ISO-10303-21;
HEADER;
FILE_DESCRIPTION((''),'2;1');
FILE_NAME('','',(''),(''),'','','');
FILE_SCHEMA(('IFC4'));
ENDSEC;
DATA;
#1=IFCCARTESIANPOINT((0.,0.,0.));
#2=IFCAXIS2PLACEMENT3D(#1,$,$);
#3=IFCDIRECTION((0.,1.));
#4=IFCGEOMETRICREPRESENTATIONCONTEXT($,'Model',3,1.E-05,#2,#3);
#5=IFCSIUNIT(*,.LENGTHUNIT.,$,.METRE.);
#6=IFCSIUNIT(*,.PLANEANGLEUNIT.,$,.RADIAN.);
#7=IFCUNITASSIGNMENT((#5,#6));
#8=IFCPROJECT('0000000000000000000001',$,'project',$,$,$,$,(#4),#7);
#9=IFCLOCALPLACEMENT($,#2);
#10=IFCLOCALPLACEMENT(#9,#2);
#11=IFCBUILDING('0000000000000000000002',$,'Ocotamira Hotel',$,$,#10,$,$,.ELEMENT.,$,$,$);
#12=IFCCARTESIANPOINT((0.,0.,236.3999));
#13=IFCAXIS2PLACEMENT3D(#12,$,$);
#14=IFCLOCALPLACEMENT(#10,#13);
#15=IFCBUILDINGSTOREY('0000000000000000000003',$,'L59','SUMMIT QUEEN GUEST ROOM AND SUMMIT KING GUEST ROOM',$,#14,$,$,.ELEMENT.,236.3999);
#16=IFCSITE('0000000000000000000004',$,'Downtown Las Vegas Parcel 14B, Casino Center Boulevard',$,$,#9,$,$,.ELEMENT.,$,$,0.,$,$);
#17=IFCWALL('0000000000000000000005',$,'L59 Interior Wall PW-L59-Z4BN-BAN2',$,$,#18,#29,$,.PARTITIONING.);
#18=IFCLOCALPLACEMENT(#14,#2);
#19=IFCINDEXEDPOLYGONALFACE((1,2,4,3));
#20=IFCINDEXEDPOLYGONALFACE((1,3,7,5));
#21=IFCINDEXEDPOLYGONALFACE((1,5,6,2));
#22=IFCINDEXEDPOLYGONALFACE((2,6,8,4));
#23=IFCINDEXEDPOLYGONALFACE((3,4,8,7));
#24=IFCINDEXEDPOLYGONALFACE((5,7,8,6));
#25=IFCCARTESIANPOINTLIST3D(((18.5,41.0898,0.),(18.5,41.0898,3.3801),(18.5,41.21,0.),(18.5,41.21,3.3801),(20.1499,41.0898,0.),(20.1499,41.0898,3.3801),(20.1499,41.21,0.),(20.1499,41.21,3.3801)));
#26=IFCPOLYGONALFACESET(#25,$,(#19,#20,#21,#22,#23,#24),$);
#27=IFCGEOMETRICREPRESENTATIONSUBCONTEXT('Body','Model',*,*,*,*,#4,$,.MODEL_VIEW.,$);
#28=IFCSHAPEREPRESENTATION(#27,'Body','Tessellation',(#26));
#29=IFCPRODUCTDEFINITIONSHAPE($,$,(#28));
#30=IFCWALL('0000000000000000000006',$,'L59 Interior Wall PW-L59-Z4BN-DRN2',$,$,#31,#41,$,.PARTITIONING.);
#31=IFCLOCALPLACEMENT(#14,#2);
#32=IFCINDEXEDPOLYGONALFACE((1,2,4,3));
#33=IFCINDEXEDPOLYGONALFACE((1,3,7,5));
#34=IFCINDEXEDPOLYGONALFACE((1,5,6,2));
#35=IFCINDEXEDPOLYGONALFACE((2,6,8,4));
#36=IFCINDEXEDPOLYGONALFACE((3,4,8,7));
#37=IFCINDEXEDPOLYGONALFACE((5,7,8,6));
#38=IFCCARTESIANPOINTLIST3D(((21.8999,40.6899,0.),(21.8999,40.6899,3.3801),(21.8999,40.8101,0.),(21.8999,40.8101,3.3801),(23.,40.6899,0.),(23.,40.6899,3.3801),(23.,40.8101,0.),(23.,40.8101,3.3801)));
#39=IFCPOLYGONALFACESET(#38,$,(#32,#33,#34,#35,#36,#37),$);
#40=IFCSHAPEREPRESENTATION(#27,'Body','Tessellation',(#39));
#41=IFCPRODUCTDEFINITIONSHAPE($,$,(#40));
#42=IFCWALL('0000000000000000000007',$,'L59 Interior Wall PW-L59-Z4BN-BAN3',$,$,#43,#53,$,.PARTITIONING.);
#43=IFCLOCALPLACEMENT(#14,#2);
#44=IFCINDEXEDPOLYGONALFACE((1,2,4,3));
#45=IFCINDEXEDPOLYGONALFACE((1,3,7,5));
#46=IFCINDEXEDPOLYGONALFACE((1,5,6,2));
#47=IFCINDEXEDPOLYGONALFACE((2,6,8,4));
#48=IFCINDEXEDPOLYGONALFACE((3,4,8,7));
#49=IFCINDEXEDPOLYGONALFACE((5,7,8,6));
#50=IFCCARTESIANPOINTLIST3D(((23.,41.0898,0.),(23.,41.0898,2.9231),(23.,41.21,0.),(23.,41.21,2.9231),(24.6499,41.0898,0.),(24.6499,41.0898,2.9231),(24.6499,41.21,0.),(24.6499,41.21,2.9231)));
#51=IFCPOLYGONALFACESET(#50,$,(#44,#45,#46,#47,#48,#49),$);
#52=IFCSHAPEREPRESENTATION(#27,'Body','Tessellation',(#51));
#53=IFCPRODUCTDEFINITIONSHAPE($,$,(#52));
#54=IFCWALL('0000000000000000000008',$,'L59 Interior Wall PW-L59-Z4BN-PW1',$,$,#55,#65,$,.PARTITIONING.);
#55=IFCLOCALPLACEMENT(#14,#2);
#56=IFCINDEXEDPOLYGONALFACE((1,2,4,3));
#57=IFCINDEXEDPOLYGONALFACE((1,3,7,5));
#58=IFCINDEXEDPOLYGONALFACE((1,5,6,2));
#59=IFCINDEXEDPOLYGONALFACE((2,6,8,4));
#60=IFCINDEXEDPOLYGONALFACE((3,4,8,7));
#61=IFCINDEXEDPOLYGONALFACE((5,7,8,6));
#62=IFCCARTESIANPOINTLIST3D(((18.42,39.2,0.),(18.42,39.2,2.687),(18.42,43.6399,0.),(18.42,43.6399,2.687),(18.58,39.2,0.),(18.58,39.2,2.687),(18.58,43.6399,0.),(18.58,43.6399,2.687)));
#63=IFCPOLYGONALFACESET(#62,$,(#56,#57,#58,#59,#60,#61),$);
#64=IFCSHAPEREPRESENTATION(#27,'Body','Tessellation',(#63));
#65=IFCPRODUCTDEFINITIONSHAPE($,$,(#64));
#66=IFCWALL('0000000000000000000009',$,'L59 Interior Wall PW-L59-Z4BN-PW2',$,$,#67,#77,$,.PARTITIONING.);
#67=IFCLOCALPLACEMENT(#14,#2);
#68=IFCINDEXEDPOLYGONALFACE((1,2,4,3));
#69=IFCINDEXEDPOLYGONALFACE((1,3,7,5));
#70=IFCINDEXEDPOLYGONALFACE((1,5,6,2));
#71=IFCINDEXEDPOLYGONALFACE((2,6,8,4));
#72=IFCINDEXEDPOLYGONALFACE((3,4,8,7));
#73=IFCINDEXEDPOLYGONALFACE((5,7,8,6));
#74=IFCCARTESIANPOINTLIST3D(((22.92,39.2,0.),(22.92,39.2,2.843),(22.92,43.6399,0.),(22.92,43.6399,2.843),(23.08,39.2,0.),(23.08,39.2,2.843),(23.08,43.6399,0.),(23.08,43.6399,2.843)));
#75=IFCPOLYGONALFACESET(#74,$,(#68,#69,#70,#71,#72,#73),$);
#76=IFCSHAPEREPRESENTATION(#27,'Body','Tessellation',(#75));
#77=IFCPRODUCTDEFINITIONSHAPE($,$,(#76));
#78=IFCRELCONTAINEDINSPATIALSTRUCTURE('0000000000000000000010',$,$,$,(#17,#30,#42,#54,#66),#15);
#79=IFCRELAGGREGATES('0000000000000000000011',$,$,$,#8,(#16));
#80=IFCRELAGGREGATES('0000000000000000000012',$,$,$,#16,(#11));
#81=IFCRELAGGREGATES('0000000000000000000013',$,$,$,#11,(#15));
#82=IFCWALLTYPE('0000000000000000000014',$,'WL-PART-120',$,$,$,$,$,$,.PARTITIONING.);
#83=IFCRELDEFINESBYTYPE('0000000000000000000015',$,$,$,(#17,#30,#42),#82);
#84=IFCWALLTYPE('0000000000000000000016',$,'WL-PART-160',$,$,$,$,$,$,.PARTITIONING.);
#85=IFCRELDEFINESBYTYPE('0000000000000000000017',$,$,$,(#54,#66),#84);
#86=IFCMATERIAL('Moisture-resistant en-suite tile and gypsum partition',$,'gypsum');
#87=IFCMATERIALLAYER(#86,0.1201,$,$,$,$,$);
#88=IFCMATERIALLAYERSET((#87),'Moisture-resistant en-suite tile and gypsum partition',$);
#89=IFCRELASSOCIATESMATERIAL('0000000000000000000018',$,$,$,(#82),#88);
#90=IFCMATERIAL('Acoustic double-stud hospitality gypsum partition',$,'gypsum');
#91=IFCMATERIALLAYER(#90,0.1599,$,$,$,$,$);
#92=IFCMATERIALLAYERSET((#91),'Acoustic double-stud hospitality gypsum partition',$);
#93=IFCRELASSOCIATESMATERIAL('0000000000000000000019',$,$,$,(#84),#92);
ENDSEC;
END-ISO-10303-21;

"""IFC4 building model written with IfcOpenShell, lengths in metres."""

from ifc_helpers import new_model, si_unit, direction, frame, frame_2d, origin, place, context, subcontext, project, spatial, rectangle, extrude, material, layer, layer_set, type_object, element, save


model = new_model("IFC4")

# Units and contexts
model_context = context("Model", 3, precision=1e-05, world=origin(), true_north=direction((0.0, 1.0)))
body_context = subcontext(model_context, "Body", "Model", "MODEL_VIEW")
ifc_project = project(units=[si_unit("LENGTHUNIT", "METRE"), si_unit("PLANEANGLEUNIT", "RADIAN")], contexts=[model_context])

# Site, building, storey
site_placement = place(None, origin())
site = spatial("IfcSite", under=ifc_project, at=site_placement, Name="Downtown Las Vegas Parcel 14B, Casino Center Boulevard", CompositionType="ELEMENT", RefElevation=0.0)
building_placement = place(site_placement, origin())
building = spatial("IfcBuilding", under=site, at=building_placement, Name="Ocotamira Hotel", CompositionType="ELEMENT")
storey_placement = place(building_placement, frame((0.0, 0.0, 236.3999)))
storey = spatial("IfcBuildingStorey", under=building, at=storey_placement, Name="L59", Description="SUMMIT QUEEN GUEST ROOM AND SUMMIT KING GUEST ROOM", CompositionType="ELEMENT", Elevation=236.3999)

# Shared definitions
ifc_material_1 = material(Name="Moisture-resistant en-suite tile and gypsum partition", Category="gypsum")
ifc_layer_1 = layer(ifc_material_1, 0.1201)
ifc_layer_set_1 = layer_set([ifc_layer_1], Name="Moisture-resistant en-suite tile and gypsum partition")
wall_type_1 = type_object("IfcWallType", Name="WL-PART-120", PredefinedType="PARTITIONING", material=ifc_layer_set_1)

# Walls
wall_1_placement = place(storey_placement, frame((18.5, 41.1499, 0.0), z_axis=(0.0, 0.0, 1.0), x_axis=(1.0, 0.0, 0.0)))
element("IfcWall", 1, at=wall_1_placement, inside=storey, type_object=wall_type_1, Name="L59 Interior Wall PW-L59-Z4BN-BAN2", PredefinedType="PARTITIONING", context=body_context, shape_type="SweptSolid", body=[
    extrude(rectangle(XDim=1.6499, YDim=0.1201, at=frame_2d((0.825, 0.0))), origin(), (0.0, 0.0, 1.0), 3.3801),
])
wall_2_placement = place(storey_placement, frame((21.8999, 40.75, 0.0), z_axis=(0.0, 0.0, 1.0), x_axis=(1.0, 0.0, 0.0)))
element("IfcWall", 2, at=wall_2_placement, inside=storey, type_object=wall_type_1, Name="L59 Interior Wall PW-L59-Z4BN-DRN2", PredefinedType="PARTITIONING", context=body_context, shape_type="SweptSolid", body=[
    extrude(rectangle(XDim=1.1001, YDim=0.1201, at=frame_2d((0.55, 0.0))), origin(), (0.0, 0.0, 1.0), 3.3801),
])
wall_3_placement = place(storey_placement, frame((23.0, 41.1499, 0.0), z_axis=(0.0, 0.0, 1.0), x_axis=(1.0, 0.0, 0.0)))
element("IfcWall", 3, at=wall_3_placement, inside=storey, type_object=wall_type_1, Name="L59 Interior Wall PW-L59-Z4BN-BAN3", PredefinedType="PARTITIONING", context=body_context, shape_type="SweptSolid", body=[
    extrude(rectangle(XDim=1.6499, YDim=0.1201, at=frame_2d((0.825, 0.0))), origin(), (0.0, 0.0, 1.0), 2.9231),
])
ifc_material_2 = material(Name="Acoustic double-stud hospitality gypsum partition", Category="gypsum")
ifc_layer_2 = layer(ifc_material_2, 0.1599)
ifc_layer_set_2 = layer_set([ifc_layer_2], Name="Acoustic double-stud hospitality gypsum partition")
wall_type_2 = type_object("IfcWallType", Name="WL-PART-160", PredefinedType="PARTITIONING", material=ifc_layer_set_2)
wall_4_placement = place(storey_placement, frame((18.5, 39.2, 0.0), z_axis=(0.0, 0.0, 1.0), x_axis=(0.0, 1.0, 0.0)))
element("IfcWall", 4, at=wall_4_placement, inside=storey, type_object=wall_type_2, Name="L59 Interior Wall PW-L59-Z4BN-PW1", PredefinedType="PARTITIONING", context=body_context, shape_type="SweptSolid", body=[
    extrude(rectangle(XDim=4.4399, YDim=0.1599, at=frame_2d((2.22, 0.0))), origin(), (0.0, 0.0, 1.0), 2.687),
])
wall_5_placement = place(storey_placement, frame((23.0, 39.2, 0.0), z_axis=(0.0, 0.0, 1.0), x_axis=(0.0, 1.0, 0.0)))
element("IfcWall", 5, at=wall_5_placement, inside=storey, type_object=wall_type_2, Name="L59 Interior Wall PW-L59-Z4BN-PW2", PredefinedType="PARTITIONING", context=body_context, shape_type="SweptSolid", body=[
    extrude(rectangle(XDim=4.4399, YDim=0.1599, at=frame_2d((2.22, 0.0))), origin(), (0.0, 0.0, 1.0), 2.843),
])

save(model, "model.ifc")
